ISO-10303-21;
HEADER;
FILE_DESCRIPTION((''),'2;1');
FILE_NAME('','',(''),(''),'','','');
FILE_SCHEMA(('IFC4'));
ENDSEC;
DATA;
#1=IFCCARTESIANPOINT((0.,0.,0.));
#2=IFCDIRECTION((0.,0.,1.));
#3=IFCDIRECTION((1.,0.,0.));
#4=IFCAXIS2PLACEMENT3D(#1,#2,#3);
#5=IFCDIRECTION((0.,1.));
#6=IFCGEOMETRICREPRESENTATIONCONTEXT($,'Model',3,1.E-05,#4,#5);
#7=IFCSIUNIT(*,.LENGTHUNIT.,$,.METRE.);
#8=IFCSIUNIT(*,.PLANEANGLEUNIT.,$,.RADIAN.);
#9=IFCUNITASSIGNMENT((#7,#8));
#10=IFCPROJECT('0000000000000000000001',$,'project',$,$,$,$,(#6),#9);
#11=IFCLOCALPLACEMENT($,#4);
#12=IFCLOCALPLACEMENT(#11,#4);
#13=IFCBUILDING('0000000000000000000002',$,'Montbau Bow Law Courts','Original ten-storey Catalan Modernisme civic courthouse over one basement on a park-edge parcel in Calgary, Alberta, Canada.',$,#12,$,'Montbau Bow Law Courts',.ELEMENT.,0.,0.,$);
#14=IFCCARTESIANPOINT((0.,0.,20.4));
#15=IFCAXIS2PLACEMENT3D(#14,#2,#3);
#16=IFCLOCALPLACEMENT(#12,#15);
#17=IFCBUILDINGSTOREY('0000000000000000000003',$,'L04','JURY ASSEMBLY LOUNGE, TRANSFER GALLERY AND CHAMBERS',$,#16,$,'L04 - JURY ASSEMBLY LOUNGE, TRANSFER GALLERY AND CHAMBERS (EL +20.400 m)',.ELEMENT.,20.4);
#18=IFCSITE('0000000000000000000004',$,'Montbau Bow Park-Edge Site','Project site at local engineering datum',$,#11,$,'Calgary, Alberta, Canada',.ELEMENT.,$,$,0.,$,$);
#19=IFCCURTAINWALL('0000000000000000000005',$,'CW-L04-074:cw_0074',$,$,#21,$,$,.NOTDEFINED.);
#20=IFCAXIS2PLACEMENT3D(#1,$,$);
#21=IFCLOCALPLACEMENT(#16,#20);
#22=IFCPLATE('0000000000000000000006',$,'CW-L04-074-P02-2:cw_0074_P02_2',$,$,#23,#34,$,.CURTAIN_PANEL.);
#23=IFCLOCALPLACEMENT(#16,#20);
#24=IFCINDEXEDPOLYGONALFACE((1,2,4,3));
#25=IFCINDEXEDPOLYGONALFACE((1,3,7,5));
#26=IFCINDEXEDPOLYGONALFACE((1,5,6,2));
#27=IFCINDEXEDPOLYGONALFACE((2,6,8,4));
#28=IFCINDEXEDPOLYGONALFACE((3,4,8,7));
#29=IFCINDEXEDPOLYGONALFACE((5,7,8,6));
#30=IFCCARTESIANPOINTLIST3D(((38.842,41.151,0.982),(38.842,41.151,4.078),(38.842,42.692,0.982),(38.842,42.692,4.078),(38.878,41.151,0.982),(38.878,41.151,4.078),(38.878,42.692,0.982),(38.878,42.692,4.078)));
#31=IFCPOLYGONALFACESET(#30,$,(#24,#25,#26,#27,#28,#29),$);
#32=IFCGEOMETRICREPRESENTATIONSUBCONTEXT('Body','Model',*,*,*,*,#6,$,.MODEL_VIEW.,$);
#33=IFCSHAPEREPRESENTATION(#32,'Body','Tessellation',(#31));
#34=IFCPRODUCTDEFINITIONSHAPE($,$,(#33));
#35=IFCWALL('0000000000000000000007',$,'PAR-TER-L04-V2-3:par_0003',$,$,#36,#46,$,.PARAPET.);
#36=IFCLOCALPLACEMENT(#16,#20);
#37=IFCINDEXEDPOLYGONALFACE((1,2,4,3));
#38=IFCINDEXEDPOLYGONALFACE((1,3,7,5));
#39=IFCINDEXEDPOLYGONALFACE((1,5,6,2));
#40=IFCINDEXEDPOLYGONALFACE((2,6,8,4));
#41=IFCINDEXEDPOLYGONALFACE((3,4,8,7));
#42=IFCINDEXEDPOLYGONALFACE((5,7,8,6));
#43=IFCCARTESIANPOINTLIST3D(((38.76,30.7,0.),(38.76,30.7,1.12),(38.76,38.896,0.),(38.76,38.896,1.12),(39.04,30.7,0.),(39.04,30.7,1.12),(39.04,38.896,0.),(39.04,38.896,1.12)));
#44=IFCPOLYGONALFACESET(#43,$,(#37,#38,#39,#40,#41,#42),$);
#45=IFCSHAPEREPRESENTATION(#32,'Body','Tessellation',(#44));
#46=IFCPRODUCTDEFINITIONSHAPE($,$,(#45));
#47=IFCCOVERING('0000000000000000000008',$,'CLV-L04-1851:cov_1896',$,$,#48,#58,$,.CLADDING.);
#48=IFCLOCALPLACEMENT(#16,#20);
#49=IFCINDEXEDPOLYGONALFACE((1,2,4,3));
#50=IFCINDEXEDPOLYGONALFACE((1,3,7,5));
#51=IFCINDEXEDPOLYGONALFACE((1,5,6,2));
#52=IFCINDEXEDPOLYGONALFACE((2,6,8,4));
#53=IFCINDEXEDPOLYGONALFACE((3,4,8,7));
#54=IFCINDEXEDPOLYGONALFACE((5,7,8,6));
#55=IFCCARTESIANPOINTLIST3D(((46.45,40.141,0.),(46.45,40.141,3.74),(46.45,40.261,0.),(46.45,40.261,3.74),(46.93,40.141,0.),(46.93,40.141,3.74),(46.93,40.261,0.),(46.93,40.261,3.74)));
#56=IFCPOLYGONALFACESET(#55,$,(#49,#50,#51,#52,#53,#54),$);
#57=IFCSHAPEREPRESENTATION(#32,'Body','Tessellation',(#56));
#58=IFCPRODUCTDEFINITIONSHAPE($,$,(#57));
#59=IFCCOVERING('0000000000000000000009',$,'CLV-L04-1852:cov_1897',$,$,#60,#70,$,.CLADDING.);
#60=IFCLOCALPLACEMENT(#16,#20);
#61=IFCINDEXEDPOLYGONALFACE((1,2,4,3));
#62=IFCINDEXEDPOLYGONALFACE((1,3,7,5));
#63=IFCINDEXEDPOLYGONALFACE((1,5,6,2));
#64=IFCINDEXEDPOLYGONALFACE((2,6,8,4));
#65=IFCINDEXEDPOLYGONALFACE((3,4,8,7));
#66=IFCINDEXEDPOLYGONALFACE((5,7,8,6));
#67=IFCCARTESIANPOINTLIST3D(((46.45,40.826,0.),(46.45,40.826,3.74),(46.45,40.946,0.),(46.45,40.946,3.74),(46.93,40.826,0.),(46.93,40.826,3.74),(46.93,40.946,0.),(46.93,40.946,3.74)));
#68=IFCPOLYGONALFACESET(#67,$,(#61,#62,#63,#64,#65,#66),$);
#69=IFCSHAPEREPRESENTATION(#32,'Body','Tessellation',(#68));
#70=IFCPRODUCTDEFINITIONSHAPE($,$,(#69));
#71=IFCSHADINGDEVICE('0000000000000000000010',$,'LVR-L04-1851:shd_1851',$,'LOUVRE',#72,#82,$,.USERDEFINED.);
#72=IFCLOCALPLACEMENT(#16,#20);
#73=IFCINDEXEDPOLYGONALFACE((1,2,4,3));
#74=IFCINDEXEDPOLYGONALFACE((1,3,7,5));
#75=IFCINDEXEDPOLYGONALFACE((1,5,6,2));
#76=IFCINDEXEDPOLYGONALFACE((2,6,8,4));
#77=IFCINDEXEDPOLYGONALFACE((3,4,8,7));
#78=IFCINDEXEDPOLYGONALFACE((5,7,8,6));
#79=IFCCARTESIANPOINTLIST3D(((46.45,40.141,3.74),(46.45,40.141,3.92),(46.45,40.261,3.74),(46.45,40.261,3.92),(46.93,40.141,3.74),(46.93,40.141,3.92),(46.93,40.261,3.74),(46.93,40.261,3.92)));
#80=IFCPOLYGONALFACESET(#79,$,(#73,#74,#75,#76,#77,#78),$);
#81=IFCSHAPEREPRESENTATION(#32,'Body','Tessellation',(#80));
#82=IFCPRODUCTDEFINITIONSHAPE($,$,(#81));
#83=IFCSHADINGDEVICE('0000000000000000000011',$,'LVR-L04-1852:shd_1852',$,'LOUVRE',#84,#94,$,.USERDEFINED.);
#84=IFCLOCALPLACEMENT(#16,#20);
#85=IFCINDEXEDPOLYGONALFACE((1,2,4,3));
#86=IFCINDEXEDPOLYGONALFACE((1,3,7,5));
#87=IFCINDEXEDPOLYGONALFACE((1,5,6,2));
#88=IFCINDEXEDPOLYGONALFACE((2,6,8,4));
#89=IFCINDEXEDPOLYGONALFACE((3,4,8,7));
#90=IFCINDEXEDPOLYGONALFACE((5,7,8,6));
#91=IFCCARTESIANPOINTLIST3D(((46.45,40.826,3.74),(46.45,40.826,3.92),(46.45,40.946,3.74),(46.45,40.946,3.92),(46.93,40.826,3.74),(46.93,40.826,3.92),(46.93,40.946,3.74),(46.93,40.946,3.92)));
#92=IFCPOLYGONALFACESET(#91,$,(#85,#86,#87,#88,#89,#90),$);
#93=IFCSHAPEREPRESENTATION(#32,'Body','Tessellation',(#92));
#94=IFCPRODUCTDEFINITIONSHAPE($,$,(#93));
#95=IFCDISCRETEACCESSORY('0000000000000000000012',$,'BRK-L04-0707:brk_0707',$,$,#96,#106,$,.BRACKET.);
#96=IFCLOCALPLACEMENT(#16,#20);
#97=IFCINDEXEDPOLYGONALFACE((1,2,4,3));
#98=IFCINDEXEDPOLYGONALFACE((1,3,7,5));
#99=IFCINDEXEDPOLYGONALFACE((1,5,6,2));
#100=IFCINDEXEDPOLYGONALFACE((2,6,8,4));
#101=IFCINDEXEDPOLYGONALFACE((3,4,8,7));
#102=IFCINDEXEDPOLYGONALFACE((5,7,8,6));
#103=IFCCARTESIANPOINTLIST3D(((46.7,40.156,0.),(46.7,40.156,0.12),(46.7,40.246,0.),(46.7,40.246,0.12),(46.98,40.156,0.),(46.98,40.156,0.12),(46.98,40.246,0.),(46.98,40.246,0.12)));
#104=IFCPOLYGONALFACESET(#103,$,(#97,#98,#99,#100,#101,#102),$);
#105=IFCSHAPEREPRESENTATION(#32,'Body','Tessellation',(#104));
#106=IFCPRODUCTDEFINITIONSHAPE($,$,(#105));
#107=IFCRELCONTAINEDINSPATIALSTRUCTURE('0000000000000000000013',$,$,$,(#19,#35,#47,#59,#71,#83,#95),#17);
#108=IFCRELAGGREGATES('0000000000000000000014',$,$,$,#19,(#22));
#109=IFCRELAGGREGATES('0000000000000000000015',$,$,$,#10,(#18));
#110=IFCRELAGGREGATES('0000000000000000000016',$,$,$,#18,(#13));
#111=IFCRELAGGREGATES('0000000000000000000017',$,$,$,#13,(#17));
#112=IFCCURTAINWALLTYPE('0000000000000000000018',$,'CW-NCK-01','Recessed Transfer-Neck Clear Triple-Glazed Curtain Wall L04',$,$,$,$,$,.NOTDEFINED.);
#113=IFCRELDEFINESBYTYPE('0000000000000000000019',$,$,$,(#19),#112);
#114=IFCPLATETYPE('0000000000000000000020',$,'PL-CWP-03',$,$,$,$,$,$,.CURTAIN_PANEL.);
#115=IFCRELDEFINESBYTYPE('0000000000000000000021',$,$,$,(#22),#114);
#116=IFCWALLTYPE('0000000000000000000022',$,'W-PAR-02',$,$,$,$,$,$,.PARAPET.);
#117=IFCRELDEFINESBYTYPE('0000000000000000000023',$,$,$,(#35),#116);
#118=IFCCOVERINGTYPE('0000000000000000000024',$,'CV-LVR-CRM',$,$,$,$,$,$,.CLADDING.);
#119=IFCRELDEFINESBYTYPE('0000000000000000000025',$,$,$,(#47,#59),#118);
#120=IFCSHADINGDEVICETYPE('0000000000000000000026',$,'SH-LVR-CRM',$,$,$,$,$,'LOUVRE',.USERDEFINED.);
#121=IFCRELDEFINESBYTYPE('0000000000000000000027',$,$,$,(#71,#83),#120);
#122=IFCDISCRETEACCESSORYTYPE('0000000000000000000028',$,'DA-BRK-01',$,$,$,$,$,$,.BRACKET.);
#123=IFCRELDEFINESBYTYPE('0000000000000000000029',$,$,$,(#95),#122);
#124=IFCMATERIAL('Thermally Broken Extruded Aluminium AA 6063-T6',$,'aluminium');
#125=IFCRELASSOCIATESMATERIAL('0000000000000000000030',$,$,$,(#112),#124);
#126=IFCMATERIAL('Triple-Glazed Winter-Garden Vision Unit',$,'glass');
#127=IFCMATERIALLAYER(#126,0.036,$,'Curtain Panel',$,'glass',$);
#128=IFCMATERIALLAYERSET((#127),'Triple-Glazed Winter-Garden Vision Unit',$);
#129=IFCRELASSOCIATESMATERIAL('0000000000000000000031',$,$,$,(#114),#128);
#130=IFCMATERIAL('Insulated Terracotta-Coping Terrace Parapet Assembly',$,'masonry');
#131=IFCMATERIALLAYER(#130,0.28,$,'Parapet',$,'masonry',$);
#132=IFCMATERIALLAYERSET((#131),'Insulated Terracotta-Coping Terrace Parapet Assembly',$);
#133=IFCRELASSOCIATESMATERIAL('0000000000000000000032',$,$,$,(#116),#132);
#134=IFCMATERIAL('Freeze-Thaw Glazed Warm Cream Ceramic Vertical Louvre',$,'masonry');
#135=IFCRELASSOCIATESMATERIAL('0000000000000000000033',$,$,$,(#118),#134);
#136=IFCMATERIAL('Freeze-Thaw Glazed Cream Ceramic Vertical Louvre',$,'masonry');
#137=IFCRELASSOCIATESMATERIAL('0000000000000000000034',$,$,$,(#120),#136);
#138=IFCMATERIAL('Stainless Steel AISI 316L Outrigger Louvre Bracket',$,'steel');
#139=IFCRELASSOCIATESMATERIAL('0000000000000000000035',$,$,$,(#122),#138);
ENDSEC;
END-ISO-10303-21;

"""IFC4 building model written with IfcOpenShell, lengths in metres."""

from ifc_helpers import new_model, si_unit, direction, frame, frame_2d, origin_with_axes, origin_2d_with_axis, place, context, subcontext, project, spatial, rectangle, extrude, material, layer, layer_set, type_object, element, aggregate, save


model = new_model("IFC4")

# Units and contexts
model_context = context("Model", 3, precision=1e-05, world=origin_with_axes(), true_north=direction((0.0, 1.0)))
body_context = subcontext(model_context, "Body", "Model", "MODEL_VIEW")
ifc_project = project(units=[si_unit("LENGTHUNIT", "METRE"), si_unit("PLANEANGLEUNIT", "RADIAN")], contexts=[model_context])

# Site, building, storey
site_placement = place(None, origin_with_axes())
site = spatial("IfcSite", under=ifc_project, at=site_placement, Name="Montbau Bow Park-Edge Site", Description="Project site at local engineering datum", LongName="Calgary, Alberta, Canada", CompositionType="ELEMENT", RefElevation=0.0)
building_placement = place(site_placement, origin_with_axes())
building = spatial("IfcBuilding", under=site, at=building_placement, Name="Montbau Bow Law Courts", Description="Original ten-storey Catalan Modernisme civic courthouse over one basement on a park-edge parcel in Calgary, Alberta, Canada.", LongName="Montbau Bow Law Courts", CompositionType="ELEMENT", ElevationOfRefHeight=0.0, ElevationOfTerrain=0.0)
storey_placement = place(building_placement, frame((0.0, 0.0, 20.4), z_axis=(0.0, 0.0, 1.0), x_axis=(1.0, 0.0, 0.0)))
storey = spatial("IfcBuildingStorey", under=building, at=storey_placement, Name="L04", Description="JURY ASSEMBLY LOUNGE, TRANSFER GALLERY AND CHAMBERS", LongName="L04 - JURY ASSEMBLY LOUNGE, TRANSFER GALLERY AND CHAMBERS (EL +20.400 m)", CompositionType="ELEMENT", Elevation=20.4)

# Shared definitions
ifc_material_1 = material(Name="Thermally Broken Extruded Aluminium AA 6063-T6", Category="aluminium")
curtain_wall_type = type_object("IfcCurtainWallType", Name="CW-NCK-01", Description="Recessed Transfer-Neck Clear Triple-Glazed Curtain Wall L04", PredefinedType="NOTDEFINED", material=ifc_material_1)

# Curtain wall
curtain_wall_1_placement = place(None, frame((38.86, 39.515, 20.4), z_axis=(0.0, 0.0, 1.0), x_axis=(1.0, 0.0, 0.0)))
curtain_wall_1 = element("IfcCurtainWall", 1, at=curtain_wall_1_placement, inside=storey, type_object=curtain_wall_type, Name="CW-L04-074:cw_0074", PredefinedType="NOTDEFINED")

# Plate
ifc_material_2 = material(Name="Triple-Glazed Winter-Garden Vision Unit", Category="glass")
ifc_layer_1 = layer(ifc_material_2, 0.036, Name="Curtain Panel", Category="glass")
ifc_layer_set_1 = layer_set([ifc_layer_1], Name="Triple-Glazed Winter-Garden Vision Unit")
plate_type_1 = type_object("IfcPlateType", Name="PL-CWP-03", PredefinedType="CURTAIN_PANEL", material=ifc_layer_set_1)
plate_1_placement = place(None, frame((38.86, 41.151, 21.382), z_axis=(1.0, 0.0, 0.0), x_axis=(0.0, 1.0, 0.0)))
plate_1 = element("IfcPlate", 2, at=plate_1_placement, type_object=plate_type_1, Name="CW-L04-074-P02-2:cw_0074_P02_2", PredefinedType="CURTAIN_PANEL", context=body_context, shape_type="SweptSolid", body=[
    extrude(rectangle(XDim=1.541, YDim=3.096, at=frame_2d((0.7705, 1.548), x_axis=(1.0, 0.0))), frame((0.0, 0.0, -0.018), z_axis=(0.0, 0.0, 1.0), x_axis=(1.0, 0.0, 0.0)), (0.0, 0.0, 1.0), 0.036),
])
aggregate(curtain_wall_1, [plate_1])

# Wall
ifc_material_3 = material(Name="Insulated Terracotta-Coping Terrace Parapet Assembly", Category="masonry")
ifc_layer_2 = layer(ifc_material_3, 0.28, Name="Parapet", Category="masonry")
ifc_layer_set_2 = layer_set([ifc_layer_2], Name="Insulated Terracotta-Coping Terrace Parapet Assembly")
wall_type = type_object("IfcWallType", Name="W-PAR-02", PredefinedType="PARAPET", material=ifc_layer_set_2)
wall_placement = place(None, frame((38.9, 38.896, 20.4), z_axis=(0.0, 0.0, 1.0), x_axis=(0.0, -1.0, 0.0)))
element("IfcWall", 3, at=wall_placement, inside=storey, type_object=wall_type, Name="PAR-TER-L04-V2-3:par_0003", PredefinedType="PARAPET", context=body_context, shape_type="SweptSolid", body=[
    extrude(rectangle(XDim=8.196, YDim=0.28, at=frame_2d((4.098, 0.0), x_axis=(1.0, 0.0))), origin_with_axes(), (0.0, 0.0, 1.0), 1.12),
])

# Coverings
ifc_material_4 = material(Name="Freeze-Thaw Glazed Warm Cream Ceramic Vertical Louvre", Category="masonry")
covering_type = type_object("IfcCoveringType", Name="CV-LVR-CRM", PredefinedType="CLADDING", material=ifc_material_4)
for number, where, z_axis, x_axis, name in (
    (4, (46.93, 40.201, 20.4), (0.0, 1.0, 0.0), (-1.0, 0.0, 0.0), "CLV-L04-1851:cov_1896"),
    (5, (46.93, 40.886, 20.4), (0.0, 1.0, 0.0), (-1.0, 0.0, 0.0), "CLV-L04-1852:cov_1897"),
):
    element("IfcCovering", number, at=place(None, frame(where, z_axis=z_axis, x_axis=x_axis)), inside=storey, type_object=covering_type, Name=name, PredefinedType="CLADDING", context=body_context, shape_type="SweptSolid", body=[
        extrude(rectangle(XDim=0.48, YDim=3.74, at=frame_2d((0.24, 1.87), x_axis=(1.0, 0.0))), frame((0.0, 0.0, -0.06), z_axis=(0.0, 0.0, 1.0), x_axis=(1.0, 0.0, 0.0)), (0.0, 0.0, 1.0), 0.12),
    ])

# Shading devices
ifc_material_5 = material(Name="Freeze-Thaw Glazed Cream Ceramic Vertical Louvre", Category="masonry")
shading_device_type = type_object("IfcShadingDeviceType", Name="SH-LVR-CRM", ElementType="LOUVRE", PredefinedType="USERDEFINED", material=ifc_material_5)
for number, where, z_axis, x_axis, name in (
    (6, (46.69, 40.201, 24.14), (0.0, 0.0, 1.0), (-1.0, 0.0, 0.0), "LVR-L04-1851:shd_1851"),
    (7, (46.69, 40.886, 24.14), (0.0, 0.0, 1.0), (-1.0, 0.0, 0.0), "LVR-L04-1852:shd_1852"),
):
    element("IfcShadingDevice", number, at=place(None, frame(where, z_axis=z_axis, x_axis=x_axis)), inside=storey, type_object=shading_device_type, Name=name, ObjectType="LOUVRE", PredefinedType="USERDEFINED", context=body_context, shape_type="SweptSolid", body=[
        extrude(rectangle(XDim=0.48, YDim=0.12, at=origin_2d_with_axis()), origin_with_axes(), (0.0, 0.0, 1.0), 0.18),
    ])

# Discrete accessory
ifc_material_6 = material(Name="Stainless Steel AISI 316L Outrigger Louvre Bracket", Category="steel")
discrete_accessory_type = type_object("IfcDiscreteAccessoryType", Name="DA-BRK-01", PredefinedType="BRACKET", material=ifc_material_6)
discrete_accessory_placement = place(None, frame((46.84, 40.201, 20.4), z_axis=(0.0, 0.0, 1.0), x_axis=(-1.0, 0.0, 0.0)))
element("IfcDiscreteAccessory", 8, at=discrete_accessory_placement, inside=storey, type_object=discrete_accessory_type, Name="BRK-L04-0707:brk_0707", PredefinedType="BRACKET", context=body_context, shape_type="SweptSolid", body=[
    extrude(rectangle(XDim=0.28, YDim=0.09, at=origin_2d_with_axis()), origin_with_axes(), (0.0, 0.0, 1.0), 0.12),
])

save(model, "model.ifc")
